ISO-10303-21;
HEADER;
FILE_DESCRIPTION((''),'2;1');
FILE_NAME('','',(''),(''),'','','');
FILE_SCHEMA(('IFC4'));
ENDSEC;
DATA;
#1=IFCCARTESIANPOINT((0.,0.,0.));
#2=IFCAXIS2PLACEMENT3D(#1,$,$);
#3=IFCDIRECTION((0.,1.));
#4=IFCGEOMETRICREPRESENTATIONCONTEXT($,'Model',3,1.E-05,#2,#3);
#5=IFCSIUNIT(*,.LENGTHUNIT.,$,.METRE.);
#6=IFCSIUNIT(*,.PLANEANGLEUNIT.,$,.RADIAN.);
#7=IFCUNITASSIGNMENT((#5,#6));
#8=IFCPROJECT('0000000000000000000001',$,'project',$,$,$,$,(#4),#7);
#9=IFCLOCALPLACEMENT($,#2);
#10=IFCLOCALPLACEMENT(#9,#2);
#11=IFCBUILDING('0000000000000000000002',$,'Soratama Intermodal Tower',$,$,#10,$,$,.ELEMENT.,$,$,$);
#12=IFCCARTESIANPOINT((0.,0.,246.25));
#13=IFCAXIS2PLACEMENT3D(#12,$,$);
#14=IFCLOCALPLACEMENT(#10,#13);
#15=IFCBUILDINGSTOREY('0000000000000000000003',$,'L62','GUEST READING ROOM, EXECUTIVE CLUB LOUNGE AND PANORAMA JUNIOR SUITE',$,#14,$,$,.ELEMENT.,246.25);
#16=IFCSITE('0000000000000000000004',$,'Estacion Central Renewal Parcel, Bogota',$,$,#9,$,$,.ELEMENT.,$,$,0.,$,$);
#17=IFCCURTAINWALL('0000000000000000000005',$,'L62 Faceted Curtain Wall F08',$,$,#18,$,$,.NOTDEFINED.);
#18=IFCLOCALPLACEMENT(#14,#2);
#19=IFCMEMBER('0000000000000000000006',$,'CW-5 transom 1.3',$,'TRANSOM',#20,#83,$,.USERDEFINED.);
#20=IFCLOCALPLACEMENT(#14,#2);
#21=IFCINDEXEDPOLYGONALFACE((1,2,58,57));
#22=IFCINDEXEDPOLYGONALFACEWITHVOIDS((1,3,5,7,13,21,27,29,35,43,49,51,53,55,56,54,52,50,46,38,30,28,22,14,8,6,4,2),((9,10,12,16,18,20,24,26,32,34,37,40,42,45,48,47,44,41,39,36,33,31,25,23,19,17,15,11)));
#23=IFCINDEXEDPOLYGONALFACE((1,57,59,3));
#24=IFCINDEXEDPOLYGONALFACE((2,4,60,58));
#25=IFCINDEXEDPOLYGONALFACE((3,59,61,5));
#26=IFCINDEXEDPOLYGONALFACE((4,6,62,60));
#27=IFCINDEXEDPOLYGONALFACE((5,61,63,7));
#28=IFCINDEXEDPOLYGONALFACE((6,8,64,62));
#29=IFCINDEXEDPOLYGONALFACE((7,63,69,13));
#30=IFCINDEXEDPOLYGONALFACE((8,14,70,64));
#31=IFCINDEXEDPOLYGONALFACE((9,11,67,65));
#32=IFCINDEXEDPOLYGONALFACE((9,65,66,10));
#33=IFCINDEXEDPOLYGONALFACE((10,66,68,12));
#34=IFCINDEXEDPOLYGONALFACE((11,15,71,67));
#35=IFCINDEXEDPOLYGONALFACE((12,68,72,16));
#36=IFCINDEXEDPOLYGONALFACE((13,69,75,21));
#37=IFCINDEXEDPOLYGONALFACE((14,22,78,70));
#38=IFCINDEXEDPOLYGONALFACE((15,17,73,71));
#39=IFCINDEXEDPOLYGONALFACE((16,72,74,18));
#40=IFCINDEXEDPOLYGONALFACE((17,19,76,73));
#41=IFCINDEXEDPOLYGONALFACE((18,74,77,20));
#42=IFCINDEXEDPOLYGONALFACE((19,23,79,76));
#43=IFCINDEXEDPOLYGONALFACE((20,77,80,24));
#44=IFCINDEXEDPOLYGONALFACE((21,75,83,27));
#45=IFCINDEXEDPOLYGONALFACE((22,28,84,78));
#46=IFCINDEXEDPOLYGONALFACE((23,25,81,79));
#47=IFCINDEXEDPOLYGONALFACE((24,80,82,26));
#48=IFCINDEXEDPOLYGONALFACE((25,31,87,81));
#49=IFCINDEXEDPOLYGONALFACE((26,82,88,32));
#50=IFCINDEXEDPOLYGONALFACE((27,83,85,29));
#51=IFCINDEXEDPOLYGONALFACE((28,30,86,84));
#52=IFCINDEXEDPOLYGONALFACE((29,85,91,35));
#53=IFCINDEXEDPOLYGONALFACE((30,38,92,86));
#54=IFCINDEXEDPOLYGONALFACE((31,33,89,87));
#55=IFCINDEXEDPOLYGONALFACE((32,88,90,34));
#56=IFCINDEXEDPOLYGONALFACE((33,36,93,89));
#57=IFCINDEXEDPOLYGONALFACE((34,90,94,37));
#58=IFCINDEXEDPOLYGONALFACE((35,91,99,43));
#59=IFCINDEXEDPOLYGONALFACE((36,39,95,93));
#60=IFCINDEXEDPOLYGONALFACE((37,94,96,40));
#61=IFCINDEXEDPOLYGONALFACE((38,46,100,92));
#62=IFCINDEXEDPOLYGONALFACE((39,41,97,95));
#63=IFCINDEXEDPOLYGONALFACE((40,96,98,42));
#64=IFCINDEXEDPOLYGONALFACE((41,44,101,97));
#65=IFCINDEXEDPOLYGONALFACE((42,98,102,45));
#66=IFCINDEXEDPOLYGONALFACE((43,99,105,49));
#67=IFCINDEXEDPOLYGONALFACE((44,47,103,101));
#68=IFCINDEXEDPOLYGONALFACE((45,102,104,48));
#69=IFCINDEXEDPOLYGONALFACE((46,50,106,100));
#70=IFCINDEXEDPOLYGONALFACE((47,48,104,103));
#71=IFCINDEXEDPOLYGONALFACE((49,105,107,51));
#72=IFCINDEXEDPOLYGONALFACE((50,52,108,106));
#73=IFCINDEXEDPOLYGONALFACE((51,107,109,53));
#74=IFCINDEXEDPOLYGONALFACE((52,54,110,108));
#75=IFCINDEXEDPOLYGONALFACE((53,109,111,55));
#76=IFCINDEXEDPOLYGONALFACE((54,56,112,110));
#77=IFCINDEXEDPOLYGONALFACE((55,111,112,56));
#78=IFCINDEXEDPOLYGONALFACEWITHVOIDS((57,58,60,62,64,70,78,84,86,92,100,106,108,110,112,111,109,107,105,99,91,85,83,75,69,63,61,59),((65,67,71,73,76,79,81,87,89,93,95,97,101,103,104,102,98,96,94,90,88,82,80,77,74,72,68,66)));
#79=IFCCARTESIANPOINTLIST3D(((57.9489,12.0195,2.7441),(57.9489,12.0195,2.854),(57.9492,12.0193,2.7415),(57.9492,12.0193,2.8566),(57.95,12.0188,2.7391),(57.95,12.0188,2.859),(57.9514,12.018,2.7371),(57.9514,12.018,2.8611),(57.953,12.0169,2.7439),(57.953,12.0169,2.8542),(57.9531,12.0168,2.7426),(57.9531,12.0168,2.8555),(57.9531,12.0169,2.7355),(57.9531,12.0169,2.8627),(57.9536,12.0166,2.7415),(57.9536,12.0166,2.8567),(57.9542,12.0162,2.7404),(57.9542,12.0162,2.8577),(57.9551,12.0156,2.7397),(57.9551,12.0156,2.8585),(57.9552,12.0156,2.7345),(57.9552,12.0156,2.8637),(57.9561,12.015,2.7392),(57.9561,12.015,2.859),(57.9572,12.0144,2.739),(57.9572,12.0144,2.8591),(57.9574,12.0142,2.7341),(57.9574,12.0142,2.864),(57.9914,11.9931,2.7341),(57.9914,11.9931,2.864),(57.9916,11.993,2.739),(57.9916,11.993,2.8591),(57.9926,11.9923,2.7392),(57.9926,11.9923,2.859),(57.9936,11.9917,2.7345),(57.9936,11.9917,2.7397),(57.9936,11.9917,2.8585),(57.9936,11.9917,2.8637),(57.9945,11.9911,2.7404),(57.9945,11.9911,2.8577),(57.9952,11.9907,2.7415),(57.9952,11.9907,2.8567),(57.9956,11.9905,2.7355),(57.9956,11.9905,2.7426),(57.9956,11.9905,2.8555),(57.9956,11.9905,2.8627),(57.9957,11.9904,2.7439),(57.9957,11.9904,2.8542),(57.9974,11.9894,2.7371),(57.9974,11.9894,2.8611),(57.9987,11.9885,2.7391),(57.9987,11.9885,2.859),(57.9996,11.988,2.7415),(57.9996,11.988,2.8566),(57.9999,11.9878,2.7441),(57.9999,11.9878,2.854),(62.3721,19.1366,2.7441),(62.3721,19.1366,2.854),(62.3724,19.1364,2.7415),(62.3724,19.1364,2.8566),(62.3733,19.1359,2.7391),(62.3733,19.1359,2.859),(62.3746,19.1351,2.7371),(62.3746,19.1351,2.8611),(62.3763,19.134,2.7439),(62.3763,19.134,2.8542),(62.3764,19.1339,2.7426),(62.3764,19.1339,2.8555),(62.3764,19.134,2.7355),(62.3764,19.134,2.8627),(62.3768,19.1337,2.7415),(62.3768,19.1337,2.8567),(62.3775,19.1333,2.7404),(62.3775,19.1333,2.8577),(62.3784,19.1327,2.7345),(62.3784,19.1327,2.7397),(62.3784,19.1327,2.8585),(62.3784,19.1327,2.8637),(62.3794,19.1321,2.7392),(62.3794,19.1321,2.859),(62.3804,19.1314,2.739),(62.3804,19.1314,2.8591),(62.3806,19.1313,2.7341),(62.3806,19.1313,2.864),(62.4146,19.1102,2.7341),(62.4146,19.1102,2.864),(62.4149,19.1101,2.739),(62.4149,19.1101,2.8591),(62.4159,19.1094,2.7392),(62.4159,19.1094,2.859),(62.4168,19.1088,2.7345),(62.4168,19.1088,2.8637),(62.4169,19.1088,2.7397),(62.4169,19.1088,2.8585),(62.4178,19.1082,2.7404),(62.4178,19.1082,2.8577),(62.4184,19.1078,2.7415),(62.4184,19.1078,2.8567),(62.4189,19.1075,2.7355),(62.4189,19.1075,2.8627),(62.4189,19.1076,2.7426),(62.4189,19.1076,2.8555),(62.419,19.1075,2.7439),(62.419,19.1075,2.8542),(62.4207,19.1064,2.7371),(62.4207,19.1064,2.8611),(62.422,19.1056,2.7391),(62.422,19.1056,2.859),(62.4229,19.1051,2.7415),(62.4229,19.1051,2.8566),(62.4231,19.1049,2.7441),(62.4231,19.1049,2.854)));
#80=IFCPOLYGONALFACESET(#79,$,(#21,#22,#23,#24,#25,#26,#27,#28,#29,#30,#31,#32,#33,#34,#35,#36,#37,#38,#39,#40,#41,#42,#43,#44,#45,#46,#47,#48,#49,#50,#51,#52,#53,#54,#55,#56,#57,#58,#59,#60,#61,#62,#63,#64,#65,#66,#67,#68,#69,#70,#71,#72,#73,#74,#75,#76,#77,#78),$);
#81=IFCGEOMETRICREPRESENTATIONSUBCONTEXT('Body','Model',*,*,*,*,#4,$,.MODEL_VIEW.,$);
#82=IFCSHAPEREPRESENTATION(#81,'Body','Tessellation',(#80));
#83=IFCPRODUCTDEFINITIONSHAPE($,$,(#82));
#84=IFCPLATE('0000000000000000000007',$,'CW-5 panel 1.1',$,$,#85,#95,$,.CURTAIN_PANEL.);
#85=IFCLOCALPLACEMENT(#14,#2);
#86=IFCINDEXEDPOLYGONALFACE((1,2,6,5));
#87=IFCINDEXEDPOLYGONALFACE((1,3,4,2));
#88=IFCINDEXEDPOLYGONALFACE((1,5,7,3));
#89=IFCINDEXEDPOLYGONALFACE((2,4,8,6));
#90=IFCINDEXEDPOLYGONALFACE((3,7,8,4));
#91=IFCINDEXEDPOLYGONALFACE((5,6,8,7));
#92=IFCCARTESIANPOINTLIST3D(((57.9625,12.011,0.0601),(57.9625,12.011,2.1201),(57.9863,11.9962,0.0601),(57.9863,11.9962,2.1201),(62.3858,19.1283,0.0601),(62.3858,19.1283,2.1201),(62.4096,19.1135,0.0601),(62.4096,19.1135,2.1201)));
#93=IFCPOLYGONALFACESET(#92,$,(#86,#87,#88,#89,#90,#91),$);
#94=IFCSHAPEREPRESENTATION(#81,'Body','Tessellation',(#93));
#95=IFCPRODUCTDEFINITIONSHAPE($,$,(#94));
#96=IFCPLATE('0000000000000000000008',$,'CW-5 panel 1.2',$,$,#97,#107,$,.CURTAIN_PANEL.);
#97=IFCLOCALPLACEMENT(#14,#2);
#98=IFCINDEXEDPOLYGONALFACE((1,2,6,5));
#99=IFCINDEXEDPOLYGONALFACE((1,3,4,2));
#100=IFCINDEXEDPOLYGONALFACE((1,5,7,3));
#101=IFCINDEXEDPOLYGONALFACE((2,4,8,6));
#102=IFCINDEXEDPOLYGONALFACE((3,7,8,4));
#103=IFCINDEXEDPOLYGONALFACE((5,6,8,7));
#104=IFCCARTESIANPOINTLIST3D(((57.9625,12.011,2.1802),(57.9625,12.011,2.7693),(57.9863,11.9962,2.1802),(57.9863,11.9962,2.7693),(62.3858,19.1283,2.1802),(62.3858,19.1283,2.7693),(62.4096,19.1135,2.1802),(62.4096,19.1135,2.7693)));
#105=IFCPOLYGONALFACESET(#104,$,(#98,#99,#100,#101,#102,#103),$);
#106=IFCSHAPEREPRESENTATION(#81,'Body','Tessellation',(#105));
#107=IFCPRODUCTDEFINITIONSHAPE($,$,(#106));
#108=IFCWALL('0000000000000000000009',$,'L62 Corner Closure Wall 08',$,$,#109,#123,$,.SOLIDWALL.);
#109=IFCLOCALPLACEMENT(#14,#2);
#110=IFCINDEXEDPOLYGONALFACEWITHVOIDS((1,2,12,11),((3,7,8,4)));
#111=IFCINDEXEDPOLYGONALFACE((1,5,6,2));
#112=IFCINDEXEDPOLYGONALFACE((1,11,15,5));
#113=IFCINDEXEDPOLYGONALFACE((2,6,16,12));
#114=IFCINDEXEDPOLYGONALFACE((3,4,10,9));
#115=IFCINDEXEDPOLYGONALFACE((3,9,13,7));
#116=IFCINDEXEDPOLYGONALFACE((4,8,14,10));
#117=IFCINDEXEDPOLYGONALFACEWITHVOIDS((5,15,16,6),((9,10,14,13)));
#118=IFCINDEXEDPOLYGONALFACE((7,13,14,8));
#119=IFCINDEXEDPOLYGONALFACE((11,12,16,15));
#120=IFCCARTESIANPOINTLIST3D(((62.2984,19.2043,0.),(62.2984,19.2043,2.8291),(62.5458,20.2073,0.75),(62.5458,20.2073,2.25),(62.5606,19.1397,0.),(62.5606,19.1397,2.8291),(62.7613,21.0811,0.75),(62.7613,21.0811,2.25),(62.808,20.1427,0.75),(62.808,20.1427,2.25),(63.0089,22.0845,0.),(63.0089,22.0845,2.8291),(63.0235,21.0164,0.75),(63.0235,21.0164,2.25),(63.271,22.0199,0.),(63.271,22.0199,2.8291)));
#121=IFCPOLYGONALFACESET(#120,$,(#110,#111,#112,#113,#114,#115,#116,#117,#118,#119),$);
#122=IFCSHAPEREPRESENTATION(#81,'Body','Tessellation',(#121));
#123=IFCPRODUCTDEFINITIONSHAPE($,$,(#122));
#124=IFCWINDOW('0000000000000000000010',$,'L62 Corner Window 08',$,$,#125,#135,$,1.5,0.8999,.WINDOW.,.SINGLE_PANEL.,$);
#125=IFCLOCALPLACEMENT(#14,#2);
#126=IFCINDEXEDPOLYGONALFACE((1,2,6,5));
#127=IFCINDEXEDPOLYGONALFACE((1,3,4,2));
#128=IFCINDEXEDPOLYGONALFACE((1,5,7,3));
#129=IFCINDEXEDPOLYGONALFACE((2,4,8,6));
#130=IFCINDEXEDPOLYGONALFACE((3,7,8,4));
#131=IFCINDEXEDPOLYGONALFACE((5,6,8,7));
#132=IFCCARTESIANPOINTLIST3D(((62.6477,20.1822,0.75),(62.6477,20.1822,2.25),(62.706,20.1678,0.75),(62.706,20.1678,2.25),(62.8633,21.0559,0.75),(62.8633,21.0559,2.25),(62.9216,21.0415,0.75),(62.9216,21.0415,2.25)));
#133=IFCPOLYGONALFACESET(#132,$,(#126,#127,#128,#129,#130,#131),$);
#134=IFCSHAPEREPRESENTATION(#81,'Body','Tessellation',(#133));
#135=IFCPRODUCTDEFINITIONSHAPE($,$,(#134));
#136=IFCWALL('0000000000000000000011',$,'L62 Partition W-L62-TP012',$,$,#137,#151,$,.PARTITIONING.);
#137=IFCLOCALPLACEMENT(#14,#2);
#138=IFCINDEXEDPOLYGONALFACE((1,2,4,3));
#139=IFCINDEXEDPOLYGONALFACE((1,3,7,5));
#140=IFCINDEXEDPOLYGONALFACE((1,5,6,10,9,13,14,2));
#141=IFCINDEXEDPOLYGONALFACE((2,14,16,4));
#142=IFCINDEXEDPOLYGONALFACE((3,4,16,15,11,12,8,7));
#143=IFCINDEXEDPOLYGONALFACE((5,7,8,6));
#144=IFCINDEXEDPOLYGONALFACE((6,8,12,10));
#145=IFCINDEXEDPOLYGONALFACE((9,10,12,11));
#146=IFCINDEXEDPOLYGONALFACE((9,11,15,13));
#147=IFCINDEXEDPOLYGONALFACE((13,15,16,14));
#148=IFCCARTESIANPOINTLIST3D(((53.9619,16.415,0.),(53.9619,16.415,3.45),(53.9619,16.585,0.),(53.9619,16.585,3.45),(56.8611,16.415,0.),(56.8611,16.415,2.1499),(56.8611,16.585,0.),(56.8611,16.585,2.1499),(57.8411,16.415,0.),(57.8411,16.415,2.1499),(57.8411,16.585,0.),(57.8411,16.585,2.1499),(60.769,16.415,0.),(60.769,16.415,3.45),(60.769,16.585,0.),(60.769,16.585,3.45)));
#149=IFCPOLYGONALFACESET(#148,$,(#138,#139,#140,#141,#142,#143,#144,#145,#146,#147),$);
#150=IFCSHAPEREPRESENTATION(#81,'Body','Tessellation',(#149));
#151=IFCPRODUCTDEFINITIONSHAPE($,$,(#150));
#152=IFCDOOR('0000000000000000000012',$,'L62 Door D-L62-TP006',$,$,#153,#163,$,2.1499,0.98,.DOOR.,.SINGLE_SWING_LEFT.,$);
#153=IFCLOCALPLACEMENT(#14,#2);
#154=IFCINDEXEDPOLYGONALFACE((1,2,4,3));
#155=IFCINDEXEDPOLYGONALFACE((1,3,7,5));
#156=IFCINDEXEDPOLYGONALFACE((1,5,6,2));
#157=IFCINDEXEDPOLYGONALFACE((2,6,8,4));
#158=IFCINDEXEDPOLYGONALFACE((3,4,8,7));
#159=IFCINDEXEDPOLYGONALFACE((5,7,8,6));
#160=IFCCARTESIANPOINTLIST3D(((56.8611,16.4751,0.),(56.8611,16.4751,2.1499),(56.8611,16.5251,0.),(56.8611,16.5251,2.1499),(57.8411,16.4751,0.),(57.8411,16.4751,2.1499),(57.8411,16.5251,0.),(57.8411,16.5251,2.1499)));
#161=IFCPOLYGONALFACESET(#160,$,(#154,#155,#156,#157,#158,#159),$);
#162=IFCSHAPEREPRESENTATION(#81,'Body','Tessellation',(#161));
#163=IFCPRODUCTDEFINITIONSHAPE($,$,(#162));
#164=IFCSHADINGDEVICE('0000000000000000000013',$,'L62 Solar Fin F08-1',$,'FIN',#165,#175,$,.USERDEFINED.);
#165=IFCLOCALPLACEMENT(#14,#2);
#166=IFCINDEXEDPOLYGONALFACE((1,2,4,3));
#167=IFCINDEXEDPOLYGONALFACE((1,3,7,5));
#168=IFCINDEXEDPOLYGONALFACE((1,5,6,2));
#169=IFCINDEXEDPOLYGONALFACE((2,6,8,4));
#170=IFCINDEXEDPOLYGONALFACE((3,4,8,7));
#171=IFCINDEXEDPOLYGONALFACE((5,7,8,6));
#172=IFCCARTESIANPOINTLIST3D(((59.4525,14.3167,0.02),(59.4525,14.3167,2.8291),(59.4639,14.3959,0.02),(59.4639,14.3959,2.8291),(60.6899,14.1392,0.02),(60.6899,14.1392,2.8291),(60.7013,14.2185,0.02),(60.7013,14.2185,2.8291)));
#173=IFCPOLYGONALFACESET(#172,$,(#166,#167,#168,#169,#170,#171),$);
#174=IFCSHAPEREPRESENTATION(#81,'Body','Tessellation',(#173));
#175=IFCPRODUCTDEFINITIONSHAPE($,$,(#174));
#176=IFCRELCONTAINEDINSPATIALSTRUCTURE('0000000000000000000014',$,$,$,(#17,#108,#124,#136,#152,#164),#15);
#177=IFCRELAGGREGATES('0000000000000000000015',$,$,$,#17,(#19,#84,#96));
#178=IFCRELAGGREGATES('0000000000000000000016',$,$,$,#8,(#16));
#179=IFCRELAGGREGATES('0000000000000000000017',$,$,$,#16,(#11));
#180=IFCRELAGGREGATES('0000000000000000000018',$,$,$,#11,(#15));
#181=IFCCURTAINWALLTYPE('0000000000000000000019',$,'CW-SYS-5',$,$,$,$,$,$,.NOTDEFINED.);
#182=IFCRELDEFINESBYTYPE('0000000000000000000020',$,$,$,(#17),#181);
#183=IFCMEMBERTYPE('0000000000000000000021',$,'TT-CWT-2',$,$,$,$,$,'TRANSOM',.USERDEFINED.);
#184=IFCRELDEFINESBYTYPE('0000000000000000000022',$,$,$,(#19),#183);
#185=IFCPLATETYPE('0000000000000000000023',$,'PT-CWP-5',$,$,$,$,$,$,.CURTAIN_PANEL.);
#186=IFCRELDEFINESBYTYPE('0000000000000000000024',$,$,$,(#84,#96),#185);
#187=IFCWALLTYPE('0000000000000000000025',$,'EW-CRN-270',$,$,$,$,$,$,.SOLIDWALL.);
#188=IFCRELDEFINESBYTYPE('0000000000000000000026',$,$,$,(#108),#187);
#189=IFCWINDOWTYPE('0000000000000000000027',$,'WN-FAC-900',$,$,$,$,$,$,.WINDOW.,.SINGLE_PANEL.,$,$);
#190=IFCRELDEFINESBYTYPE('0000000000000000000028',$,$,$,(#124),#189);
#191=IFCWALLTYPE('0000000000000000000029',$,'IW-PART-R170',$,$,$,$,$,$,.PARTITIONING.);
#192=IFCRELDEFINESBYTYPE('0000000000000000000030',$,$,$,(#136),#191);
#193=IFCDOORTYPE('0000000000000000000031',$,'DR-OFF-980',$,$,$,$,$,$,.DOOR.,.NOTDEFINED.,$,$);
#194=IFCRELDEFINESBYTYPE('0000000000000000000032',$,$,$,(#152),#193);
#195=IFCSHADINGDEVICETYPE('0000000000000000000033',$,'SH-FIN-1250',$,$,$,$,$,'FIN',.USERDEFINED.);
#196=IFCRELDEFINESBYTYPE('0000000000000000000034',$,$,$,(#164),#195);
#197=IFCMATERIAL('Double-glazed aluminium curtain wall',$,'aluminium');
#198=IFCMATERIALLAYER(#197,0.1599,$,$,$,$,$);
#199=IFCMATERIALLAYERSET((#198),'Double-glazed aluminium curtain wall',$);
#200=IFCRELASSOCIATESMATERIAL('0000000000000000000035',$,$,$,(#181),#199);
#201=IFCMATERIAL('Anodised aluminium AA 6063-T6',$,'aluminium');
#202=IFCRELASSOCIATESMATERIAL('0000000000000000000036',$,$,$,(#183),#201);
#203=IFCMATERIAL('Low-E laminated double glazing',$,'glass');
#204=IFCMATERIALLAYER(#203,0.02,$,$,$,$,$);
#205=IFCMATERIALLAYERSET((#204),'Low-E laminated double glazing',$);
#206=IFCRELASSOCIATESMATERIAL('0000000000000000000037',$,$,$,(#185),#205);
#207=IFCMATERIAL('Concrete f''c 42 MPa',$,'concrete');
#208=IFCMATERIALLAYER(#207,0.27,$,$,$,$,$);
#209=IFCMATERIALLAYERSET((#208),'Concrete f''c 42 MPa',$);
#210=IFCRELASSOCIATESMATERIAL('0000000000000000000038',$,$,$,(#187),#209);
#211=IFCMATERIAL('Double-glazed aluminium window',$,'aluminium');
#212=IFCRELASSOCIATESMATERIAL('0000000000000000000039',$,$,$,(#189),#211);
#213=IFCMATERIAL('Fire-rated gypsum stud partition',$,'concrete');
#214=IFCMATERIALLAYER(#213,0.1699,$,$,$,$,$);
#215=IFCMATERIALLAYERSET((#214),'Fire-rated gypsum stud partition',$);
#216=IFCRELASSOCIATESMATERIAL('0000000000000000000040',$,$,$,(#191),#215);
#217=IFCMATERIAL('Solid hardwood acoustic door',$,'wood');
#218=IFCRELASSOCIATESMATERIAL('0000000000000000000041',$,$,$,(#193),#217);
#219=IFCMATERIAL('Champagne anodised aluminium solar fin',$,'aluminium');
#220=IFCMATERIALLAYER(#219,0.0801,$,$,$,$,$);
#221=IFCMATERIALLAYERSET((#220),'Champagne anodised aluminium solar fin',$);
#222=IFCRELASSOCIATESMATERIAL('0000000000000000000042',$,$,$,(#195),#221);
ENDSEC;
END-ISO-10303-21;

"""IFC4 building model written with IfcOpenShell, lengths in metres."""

from ifc_helpers import new_model, si_unit, direction, frame, frame_2d, origin, origin_2d, place, context, subcontext, project, spatial, rectangle, hollow_rectangle, extrude, material, layer, layer_set, material_profile, profile_set, type_object, element, fill, aggregate, save


model = new_model("IFC4")

# Units and contexts
model_context = context("Model", 3, precision=1e-05, world=origin(), true_north=direction((0.0, 1.0)))
body_context = subcontext(model_context, "Body", "Model", "MODEL_VIEW")
ifc_project = project(units=[si_unit("LENGTHUNIT", "METRE"), si_unit("PLANEANGLEUNIT", "RADIAN")], contexts=[model_context])

# Site, building, storey
site_placement = place(None, origin())
site = spatial("IfcSite", under=ifc_project, at=site_placement, Name="Estacion Central Renewal Parcel, Bogota", CompositionType="ELEMENT", RefElevation=0.0)
building_placement = place(site_placement, origin())
building = spatial("IfcBuilding", under=site, at=building_placement, Name="Soratama Intermodal Tower", CompositionType="ELEMENT")
storey_placement = place(building_placement, frame((0.0, 0.0, 246.25)))
storey = spatial("IfcBuildingStorey", under=building, at=storey_placement, Name="L62", Description="GUEST READING ROOM, EXECUTIVE CLUB LOUNGE AND PANORAMA JUNIOR SUITE", CompositionType="ELEMENT", Elevation=246.25)

# Curtain wall, member, plates
ifc_material_1 = material(Name="Double-glazed aluminium curtain wall", Category="aluminium")
ifc_layer_1 = layer(ifc_material_1, 0.1599)
ifc_layer_set_1 = layer_set([ifc_layer_1], Name="Double-glazed aluminium curtain wall")
curtain_wall_type = type_object("IfcCurtainWallType", Name="CW-SYS-5", PredefinedType="NOTDEFINED", material=ifc_layer_set_1)
curtain_wall_placement = place(storey_placement, origin())
curtain_wall = element("IfcCurtainWall", 1, at=curtain_wall_placement, inside=storey, type_object=curtain_wall_type, Name="L62 Faceted Curtain Wall F08", PredefinedType="NOTDEFINED")
ifc_material_2 = material(Name="Anodised aluminium AA 6063-T6", Category="aluminium")
ifc_material_profile_1 = material_profile(ifc_material_2, hollow_rectangle(XDim=0.0601, YDim=0.1299, WallThickness=0.0049, InnerFilletRadius=0.0049, OuterFilletRadius=0.01, at=origin_2d()), Name="CWT130X60X5")
ifc_profile_set_1 = profile_set([ifc_material_profile_1], Name="Anodised aluminium AA 6063-T6")
member_type_1 = type_object("IfcMemberType", Name="TT-CWT-2", ElementType="TRANSOM", PredefinedType="USERDEFINED", material=ifc_profile_set_1)
member_1_placement = place(storey_placement, frame((57.9744, 12.0037, 2.7991), z_axis=(0.52786, 0.849331, 0.0), x_axis=(-0.849331, 0.52786, 0.0)))
member_1 = element("IfcMember", 2, at=member_1_placement, type_object=member_type_1, Name="CW-5 transom 1.3", ObjectType="TRANSOM", PredefinedType="USERDEFINED", context=body_context, shape_type="SweptSolid", body=[
    extrude(hollow_rectangle(XDim=0.0601, YDim=0.1299, WallThickness=0.0049, InnerFilletRadius=0.0049, OuterFilletRadius=0.01, at=origin_2d()), origin(), (0.0, 0.0, 1.0), 8.3796),
])
ifc_material_3 = material(Name="Low-E laminated double glazing", Category="glass")
ifc_layer_2 = layer(ifc_material_3, 0.02)
ifc_layer_set_2 = layer_set([ifc_layer_2], Name="Low-E laminated double glazing")
plate_type = type_object("IfcPlateType", Name="PT-CWP-5", PredefinedType="CURTAIN_PANEL", material=ifc_layer_set_2)
plate_1_placement = place(storey_placement, frame((60.186, 15.5623, 0.0601), z_axis=(0.0, 0.0, 1.0), x_axis=(0.527848, 0.849339, 0.0)))
plate_1 = element("IfcPlate", 3, at=plate_1_placement, type_object=plate_type, Name="CW-5 panel 1.1", PredefinedType="CURTAIN_PANEL", context=body_context, shape_type="SweptSolid", body=[
    extrude(rectangle(XDim=8.3799, YDim=0.0281, at=origin_2d()), origin(), (0.0, 0.0, 1.0), 2.0601),
])
plate_2_placement = place(storey_placement, frame((60.186, 15.5623, 2.1802), z_axis=(0.0, 0.0, 1.0), x_axis=(0.527848, 0.849339, 0.0)))
plate_2 = element("IfcPlate", 4, at=plate_2_placement, type_object=plate_type, Name="CW-5 panel 1.2", PredefinedType="CURTAIN_PANEL", context=body_context, shape_type="SweptSolid", body=[
    extrude(rectangle(XDim=8.3799, YDim=0.0281, at=origin_2d()), origin(), (0.0, 0.0, 1.0), 0.5891),
])
aggregate(curtain_wall, [member_1, plate_1, plate_2])

# Wall, opening, window
ifc_material_4 = material(Name="Concrete f'c 42 MPa", Category="concrete")
ifc_layer_3 = layer(ifc_material_4, 0.27)
ifc_layer_set_3 = layer_set([ifc_layer_3], Name="Concrete f'c 42 MPa")
wall_type_1 = type_object("IfcWallType", Name="EW-CRN-270", PredefinedType="SOLIDWALL", material=ifc_layer_set_3)
wall_1_placement = place(storey_placement, frame((62.4294, 19.1719, 0.0), z_axis=(0.0, 0.0, 1.0), x_axis=(0.239494, 0.970898, 0.0)))
wall_1 = element("IfcWall", 5, at=wall_1_placement, inside=storey, type_object=wall_type_1, Name="L62 Corner Closure Wall 08", PredefinedType="SOLIDWALL", context=body_context, shape_type="SweptSolid", body=[
    extrude(rectangle(XDim=2.9666, YDim=0.27, at=frame_2d((1.4834, 0.0))), origin(), (0.0, 0.0, 1.0), 2.8291),
])
opening_1_placement = place(wall_1_placement, frame((1.0332, 0.0, 0.75)))
opening_1 = element("IfcOpeningElement", 6, at=opening_1_placement, cuts=wall_1, PredefinedType="OPENING", context=body_context, shape_type="SweptSolid", body=[
    extrude(rectangle(XDim=0.8999, YDim=1.5, at=frame_2d((0.45, 0.75))), frame((0.0, 0.145, 0.0), z_axis=(0.0, -1.0, 0.0), x_axis=(1.0, 0.0, 0.0)), (0.0, 0.0, 1.0), 0.29),
])
ifc_material_5 = material(Name="Double-glazed aluminium window", Category="aluminium")
window_type_1 = type_object("IfcWindowType", Name="WN-FAC-900", PartitioningType="SINGLE_PANEL", PredefinedType="WINDOW", material=ifc_material_5)
window_1_placement = place(opening_1_placement, origin())
window_1 = element("IfcWindow", 7, at=window_1_placement, inside=storey, type_object=window_type_1, Name="L62 Corner Window 08", OverallHeight=1.5, OverallWidth=0.8999, PartitioningType="SINGLE_PANEL", PredefinedType="WINDOW", context=body_context, shape_type="SweptSolid", body=[
    extrude(rectangle(XDim=0.8999, YDim=1.5, at=frame_2d((0.45, 0.75))), frame((0.0, 0.03, 0.0), z_axis=(0.0, -1.0, 0.0), x_axis=(1.0, 0.0, 0.0)), (0.0, 0.0, 1.0), 0.0601),
])
fill(opening_1, window_1)

# Wall, opening, door
ifc_material_6 = material(Name="Fire-rated gypsum stud partition", Category="concrete")
ifc_layer_4 = layer(ifc_material_6, 0.1699)
ifc_layer_set_4 = layer_set([ifc_layer_4], Name="Fire-rated gypsum stud partition")
wall_type_2 = type_object("IfcWallType", Name="IW-PART-R170", PredefinedType="PARTITIONING", material=ifc_layer_set_4)
wall_2_placement = place(storey_placement, frame((60.769, 16.5, 0.0), z_axis=(0.0, 0.0, 1.0), x_axis=(-1.0, 0.0, 0.0)))
wall_2 = element("IfcWall", 8, at=wall_2_placement, inside=storey, type_object=wall_type_2, Name="L62 Partition W-L62-TP012", PredefinedType="PARTITIONING", context=body_context, shape_type="SweptSolid", body=[
    extrude(rectangle(XDim=6.8071, YDim=0.1699, at=frame_2d((3.4036, 0.0))), origin(), (0.0, 0.0, 1.0), 3.45),
])
opening_2_placement = place(wall_2_placement, frame((2.928, 0.0, 0.0)))
opening_2 = element("IfcOpeningElement", 9, at=opening_2_placement, cuts=wall_2, PredefinedType="OPENING", context=body_context, shape_type="SweptSolid", body=[
    extrude(rectangle(XDim=0.98, YDim=2.1499, at=frame_2d((0.49, 1.075))), frame((0.0, 0.095, 0.0), z_axis=(0.0, -1.0, 0.0), x_axis=(1.0, 0.0, 0.0)), (0.0, 0.0, 1.0), 0.1899),
])
ifc_material_7 = material(Name="Solid hardwood acoustic door", Category="wood")
door_type_1 = type_object("IfcDoorType", Name="DR-OFF-980", OperationType="NOTDEFINED", PredefinedType="DOOR", material=ifc_material_7)
door_1_placement = place(opening_2_placement, origin())
door_1 = element("IfcDoor", 10, at=door_1_placement, inside=storey, type_object=door_type_1, Name="L62 Door D-L62-TP006", OperationType="SINGLE_SWING_LEFT", OverallHeight=2.1499, OverallWidth=0.98, PredefinedType="DOOR", context=body_context, shape_type="SweptSolid", body=[
    extrude(rectangle(XDim=0.98, YDim=2.1499, at=frame_2d((0.49, 1.075))), frame((0.0, 0.0249, 0.0), z_axis=(0.0, -1.0, 0.0), x_axis=(1.0, 0.0, 0.0)), (0.0, 0.0, 1.0), 0.05),
])
fill(opening_2, door_1)

# Shading device
ifc_material_8 = material(Name="Champagne anodised aluminium solar fin", Category="aluminium")
ifc_layer_5 = layer(ifc_material_8, 0.0801)
ifc_layer_set_5 = layer_set([ifc_layer_5], Name="Champagne anodised aluminium solar fin")
shading_device_type = type_object("IfcShadingDeviceType", Name="SH-FIN-1250", ElementType="FIN", PredefinedType="USERDEFINED", material=ifc_layer_set_5)
for number, where, z_axis, x_axis, name in (
    (11, (60.0769, 14.2676, 0.02), (0.0, 0.0, 1.0), (0.989876, -0.141938, 0.0), "L62 Solar Fin F08-1"),
):
    element("IfcShadingDevice", number, at=place(storey_placement, frame(where, z_axis=z_axis, x_axis=x_axis)), inside=storey, type_object=shading_device_type, Name=name, ObjectType="FIN", PredefinedType="USERDEFINED", context=body_context, shape_type="SweptSolid", body=[
        extrude(rectangle(XDim=1.25, YDim=0.0801, at=origin_2d()), origin(), (0.0, 0.0, 1.0), 2.8091),
    ])

save(model, "model.ifc")
